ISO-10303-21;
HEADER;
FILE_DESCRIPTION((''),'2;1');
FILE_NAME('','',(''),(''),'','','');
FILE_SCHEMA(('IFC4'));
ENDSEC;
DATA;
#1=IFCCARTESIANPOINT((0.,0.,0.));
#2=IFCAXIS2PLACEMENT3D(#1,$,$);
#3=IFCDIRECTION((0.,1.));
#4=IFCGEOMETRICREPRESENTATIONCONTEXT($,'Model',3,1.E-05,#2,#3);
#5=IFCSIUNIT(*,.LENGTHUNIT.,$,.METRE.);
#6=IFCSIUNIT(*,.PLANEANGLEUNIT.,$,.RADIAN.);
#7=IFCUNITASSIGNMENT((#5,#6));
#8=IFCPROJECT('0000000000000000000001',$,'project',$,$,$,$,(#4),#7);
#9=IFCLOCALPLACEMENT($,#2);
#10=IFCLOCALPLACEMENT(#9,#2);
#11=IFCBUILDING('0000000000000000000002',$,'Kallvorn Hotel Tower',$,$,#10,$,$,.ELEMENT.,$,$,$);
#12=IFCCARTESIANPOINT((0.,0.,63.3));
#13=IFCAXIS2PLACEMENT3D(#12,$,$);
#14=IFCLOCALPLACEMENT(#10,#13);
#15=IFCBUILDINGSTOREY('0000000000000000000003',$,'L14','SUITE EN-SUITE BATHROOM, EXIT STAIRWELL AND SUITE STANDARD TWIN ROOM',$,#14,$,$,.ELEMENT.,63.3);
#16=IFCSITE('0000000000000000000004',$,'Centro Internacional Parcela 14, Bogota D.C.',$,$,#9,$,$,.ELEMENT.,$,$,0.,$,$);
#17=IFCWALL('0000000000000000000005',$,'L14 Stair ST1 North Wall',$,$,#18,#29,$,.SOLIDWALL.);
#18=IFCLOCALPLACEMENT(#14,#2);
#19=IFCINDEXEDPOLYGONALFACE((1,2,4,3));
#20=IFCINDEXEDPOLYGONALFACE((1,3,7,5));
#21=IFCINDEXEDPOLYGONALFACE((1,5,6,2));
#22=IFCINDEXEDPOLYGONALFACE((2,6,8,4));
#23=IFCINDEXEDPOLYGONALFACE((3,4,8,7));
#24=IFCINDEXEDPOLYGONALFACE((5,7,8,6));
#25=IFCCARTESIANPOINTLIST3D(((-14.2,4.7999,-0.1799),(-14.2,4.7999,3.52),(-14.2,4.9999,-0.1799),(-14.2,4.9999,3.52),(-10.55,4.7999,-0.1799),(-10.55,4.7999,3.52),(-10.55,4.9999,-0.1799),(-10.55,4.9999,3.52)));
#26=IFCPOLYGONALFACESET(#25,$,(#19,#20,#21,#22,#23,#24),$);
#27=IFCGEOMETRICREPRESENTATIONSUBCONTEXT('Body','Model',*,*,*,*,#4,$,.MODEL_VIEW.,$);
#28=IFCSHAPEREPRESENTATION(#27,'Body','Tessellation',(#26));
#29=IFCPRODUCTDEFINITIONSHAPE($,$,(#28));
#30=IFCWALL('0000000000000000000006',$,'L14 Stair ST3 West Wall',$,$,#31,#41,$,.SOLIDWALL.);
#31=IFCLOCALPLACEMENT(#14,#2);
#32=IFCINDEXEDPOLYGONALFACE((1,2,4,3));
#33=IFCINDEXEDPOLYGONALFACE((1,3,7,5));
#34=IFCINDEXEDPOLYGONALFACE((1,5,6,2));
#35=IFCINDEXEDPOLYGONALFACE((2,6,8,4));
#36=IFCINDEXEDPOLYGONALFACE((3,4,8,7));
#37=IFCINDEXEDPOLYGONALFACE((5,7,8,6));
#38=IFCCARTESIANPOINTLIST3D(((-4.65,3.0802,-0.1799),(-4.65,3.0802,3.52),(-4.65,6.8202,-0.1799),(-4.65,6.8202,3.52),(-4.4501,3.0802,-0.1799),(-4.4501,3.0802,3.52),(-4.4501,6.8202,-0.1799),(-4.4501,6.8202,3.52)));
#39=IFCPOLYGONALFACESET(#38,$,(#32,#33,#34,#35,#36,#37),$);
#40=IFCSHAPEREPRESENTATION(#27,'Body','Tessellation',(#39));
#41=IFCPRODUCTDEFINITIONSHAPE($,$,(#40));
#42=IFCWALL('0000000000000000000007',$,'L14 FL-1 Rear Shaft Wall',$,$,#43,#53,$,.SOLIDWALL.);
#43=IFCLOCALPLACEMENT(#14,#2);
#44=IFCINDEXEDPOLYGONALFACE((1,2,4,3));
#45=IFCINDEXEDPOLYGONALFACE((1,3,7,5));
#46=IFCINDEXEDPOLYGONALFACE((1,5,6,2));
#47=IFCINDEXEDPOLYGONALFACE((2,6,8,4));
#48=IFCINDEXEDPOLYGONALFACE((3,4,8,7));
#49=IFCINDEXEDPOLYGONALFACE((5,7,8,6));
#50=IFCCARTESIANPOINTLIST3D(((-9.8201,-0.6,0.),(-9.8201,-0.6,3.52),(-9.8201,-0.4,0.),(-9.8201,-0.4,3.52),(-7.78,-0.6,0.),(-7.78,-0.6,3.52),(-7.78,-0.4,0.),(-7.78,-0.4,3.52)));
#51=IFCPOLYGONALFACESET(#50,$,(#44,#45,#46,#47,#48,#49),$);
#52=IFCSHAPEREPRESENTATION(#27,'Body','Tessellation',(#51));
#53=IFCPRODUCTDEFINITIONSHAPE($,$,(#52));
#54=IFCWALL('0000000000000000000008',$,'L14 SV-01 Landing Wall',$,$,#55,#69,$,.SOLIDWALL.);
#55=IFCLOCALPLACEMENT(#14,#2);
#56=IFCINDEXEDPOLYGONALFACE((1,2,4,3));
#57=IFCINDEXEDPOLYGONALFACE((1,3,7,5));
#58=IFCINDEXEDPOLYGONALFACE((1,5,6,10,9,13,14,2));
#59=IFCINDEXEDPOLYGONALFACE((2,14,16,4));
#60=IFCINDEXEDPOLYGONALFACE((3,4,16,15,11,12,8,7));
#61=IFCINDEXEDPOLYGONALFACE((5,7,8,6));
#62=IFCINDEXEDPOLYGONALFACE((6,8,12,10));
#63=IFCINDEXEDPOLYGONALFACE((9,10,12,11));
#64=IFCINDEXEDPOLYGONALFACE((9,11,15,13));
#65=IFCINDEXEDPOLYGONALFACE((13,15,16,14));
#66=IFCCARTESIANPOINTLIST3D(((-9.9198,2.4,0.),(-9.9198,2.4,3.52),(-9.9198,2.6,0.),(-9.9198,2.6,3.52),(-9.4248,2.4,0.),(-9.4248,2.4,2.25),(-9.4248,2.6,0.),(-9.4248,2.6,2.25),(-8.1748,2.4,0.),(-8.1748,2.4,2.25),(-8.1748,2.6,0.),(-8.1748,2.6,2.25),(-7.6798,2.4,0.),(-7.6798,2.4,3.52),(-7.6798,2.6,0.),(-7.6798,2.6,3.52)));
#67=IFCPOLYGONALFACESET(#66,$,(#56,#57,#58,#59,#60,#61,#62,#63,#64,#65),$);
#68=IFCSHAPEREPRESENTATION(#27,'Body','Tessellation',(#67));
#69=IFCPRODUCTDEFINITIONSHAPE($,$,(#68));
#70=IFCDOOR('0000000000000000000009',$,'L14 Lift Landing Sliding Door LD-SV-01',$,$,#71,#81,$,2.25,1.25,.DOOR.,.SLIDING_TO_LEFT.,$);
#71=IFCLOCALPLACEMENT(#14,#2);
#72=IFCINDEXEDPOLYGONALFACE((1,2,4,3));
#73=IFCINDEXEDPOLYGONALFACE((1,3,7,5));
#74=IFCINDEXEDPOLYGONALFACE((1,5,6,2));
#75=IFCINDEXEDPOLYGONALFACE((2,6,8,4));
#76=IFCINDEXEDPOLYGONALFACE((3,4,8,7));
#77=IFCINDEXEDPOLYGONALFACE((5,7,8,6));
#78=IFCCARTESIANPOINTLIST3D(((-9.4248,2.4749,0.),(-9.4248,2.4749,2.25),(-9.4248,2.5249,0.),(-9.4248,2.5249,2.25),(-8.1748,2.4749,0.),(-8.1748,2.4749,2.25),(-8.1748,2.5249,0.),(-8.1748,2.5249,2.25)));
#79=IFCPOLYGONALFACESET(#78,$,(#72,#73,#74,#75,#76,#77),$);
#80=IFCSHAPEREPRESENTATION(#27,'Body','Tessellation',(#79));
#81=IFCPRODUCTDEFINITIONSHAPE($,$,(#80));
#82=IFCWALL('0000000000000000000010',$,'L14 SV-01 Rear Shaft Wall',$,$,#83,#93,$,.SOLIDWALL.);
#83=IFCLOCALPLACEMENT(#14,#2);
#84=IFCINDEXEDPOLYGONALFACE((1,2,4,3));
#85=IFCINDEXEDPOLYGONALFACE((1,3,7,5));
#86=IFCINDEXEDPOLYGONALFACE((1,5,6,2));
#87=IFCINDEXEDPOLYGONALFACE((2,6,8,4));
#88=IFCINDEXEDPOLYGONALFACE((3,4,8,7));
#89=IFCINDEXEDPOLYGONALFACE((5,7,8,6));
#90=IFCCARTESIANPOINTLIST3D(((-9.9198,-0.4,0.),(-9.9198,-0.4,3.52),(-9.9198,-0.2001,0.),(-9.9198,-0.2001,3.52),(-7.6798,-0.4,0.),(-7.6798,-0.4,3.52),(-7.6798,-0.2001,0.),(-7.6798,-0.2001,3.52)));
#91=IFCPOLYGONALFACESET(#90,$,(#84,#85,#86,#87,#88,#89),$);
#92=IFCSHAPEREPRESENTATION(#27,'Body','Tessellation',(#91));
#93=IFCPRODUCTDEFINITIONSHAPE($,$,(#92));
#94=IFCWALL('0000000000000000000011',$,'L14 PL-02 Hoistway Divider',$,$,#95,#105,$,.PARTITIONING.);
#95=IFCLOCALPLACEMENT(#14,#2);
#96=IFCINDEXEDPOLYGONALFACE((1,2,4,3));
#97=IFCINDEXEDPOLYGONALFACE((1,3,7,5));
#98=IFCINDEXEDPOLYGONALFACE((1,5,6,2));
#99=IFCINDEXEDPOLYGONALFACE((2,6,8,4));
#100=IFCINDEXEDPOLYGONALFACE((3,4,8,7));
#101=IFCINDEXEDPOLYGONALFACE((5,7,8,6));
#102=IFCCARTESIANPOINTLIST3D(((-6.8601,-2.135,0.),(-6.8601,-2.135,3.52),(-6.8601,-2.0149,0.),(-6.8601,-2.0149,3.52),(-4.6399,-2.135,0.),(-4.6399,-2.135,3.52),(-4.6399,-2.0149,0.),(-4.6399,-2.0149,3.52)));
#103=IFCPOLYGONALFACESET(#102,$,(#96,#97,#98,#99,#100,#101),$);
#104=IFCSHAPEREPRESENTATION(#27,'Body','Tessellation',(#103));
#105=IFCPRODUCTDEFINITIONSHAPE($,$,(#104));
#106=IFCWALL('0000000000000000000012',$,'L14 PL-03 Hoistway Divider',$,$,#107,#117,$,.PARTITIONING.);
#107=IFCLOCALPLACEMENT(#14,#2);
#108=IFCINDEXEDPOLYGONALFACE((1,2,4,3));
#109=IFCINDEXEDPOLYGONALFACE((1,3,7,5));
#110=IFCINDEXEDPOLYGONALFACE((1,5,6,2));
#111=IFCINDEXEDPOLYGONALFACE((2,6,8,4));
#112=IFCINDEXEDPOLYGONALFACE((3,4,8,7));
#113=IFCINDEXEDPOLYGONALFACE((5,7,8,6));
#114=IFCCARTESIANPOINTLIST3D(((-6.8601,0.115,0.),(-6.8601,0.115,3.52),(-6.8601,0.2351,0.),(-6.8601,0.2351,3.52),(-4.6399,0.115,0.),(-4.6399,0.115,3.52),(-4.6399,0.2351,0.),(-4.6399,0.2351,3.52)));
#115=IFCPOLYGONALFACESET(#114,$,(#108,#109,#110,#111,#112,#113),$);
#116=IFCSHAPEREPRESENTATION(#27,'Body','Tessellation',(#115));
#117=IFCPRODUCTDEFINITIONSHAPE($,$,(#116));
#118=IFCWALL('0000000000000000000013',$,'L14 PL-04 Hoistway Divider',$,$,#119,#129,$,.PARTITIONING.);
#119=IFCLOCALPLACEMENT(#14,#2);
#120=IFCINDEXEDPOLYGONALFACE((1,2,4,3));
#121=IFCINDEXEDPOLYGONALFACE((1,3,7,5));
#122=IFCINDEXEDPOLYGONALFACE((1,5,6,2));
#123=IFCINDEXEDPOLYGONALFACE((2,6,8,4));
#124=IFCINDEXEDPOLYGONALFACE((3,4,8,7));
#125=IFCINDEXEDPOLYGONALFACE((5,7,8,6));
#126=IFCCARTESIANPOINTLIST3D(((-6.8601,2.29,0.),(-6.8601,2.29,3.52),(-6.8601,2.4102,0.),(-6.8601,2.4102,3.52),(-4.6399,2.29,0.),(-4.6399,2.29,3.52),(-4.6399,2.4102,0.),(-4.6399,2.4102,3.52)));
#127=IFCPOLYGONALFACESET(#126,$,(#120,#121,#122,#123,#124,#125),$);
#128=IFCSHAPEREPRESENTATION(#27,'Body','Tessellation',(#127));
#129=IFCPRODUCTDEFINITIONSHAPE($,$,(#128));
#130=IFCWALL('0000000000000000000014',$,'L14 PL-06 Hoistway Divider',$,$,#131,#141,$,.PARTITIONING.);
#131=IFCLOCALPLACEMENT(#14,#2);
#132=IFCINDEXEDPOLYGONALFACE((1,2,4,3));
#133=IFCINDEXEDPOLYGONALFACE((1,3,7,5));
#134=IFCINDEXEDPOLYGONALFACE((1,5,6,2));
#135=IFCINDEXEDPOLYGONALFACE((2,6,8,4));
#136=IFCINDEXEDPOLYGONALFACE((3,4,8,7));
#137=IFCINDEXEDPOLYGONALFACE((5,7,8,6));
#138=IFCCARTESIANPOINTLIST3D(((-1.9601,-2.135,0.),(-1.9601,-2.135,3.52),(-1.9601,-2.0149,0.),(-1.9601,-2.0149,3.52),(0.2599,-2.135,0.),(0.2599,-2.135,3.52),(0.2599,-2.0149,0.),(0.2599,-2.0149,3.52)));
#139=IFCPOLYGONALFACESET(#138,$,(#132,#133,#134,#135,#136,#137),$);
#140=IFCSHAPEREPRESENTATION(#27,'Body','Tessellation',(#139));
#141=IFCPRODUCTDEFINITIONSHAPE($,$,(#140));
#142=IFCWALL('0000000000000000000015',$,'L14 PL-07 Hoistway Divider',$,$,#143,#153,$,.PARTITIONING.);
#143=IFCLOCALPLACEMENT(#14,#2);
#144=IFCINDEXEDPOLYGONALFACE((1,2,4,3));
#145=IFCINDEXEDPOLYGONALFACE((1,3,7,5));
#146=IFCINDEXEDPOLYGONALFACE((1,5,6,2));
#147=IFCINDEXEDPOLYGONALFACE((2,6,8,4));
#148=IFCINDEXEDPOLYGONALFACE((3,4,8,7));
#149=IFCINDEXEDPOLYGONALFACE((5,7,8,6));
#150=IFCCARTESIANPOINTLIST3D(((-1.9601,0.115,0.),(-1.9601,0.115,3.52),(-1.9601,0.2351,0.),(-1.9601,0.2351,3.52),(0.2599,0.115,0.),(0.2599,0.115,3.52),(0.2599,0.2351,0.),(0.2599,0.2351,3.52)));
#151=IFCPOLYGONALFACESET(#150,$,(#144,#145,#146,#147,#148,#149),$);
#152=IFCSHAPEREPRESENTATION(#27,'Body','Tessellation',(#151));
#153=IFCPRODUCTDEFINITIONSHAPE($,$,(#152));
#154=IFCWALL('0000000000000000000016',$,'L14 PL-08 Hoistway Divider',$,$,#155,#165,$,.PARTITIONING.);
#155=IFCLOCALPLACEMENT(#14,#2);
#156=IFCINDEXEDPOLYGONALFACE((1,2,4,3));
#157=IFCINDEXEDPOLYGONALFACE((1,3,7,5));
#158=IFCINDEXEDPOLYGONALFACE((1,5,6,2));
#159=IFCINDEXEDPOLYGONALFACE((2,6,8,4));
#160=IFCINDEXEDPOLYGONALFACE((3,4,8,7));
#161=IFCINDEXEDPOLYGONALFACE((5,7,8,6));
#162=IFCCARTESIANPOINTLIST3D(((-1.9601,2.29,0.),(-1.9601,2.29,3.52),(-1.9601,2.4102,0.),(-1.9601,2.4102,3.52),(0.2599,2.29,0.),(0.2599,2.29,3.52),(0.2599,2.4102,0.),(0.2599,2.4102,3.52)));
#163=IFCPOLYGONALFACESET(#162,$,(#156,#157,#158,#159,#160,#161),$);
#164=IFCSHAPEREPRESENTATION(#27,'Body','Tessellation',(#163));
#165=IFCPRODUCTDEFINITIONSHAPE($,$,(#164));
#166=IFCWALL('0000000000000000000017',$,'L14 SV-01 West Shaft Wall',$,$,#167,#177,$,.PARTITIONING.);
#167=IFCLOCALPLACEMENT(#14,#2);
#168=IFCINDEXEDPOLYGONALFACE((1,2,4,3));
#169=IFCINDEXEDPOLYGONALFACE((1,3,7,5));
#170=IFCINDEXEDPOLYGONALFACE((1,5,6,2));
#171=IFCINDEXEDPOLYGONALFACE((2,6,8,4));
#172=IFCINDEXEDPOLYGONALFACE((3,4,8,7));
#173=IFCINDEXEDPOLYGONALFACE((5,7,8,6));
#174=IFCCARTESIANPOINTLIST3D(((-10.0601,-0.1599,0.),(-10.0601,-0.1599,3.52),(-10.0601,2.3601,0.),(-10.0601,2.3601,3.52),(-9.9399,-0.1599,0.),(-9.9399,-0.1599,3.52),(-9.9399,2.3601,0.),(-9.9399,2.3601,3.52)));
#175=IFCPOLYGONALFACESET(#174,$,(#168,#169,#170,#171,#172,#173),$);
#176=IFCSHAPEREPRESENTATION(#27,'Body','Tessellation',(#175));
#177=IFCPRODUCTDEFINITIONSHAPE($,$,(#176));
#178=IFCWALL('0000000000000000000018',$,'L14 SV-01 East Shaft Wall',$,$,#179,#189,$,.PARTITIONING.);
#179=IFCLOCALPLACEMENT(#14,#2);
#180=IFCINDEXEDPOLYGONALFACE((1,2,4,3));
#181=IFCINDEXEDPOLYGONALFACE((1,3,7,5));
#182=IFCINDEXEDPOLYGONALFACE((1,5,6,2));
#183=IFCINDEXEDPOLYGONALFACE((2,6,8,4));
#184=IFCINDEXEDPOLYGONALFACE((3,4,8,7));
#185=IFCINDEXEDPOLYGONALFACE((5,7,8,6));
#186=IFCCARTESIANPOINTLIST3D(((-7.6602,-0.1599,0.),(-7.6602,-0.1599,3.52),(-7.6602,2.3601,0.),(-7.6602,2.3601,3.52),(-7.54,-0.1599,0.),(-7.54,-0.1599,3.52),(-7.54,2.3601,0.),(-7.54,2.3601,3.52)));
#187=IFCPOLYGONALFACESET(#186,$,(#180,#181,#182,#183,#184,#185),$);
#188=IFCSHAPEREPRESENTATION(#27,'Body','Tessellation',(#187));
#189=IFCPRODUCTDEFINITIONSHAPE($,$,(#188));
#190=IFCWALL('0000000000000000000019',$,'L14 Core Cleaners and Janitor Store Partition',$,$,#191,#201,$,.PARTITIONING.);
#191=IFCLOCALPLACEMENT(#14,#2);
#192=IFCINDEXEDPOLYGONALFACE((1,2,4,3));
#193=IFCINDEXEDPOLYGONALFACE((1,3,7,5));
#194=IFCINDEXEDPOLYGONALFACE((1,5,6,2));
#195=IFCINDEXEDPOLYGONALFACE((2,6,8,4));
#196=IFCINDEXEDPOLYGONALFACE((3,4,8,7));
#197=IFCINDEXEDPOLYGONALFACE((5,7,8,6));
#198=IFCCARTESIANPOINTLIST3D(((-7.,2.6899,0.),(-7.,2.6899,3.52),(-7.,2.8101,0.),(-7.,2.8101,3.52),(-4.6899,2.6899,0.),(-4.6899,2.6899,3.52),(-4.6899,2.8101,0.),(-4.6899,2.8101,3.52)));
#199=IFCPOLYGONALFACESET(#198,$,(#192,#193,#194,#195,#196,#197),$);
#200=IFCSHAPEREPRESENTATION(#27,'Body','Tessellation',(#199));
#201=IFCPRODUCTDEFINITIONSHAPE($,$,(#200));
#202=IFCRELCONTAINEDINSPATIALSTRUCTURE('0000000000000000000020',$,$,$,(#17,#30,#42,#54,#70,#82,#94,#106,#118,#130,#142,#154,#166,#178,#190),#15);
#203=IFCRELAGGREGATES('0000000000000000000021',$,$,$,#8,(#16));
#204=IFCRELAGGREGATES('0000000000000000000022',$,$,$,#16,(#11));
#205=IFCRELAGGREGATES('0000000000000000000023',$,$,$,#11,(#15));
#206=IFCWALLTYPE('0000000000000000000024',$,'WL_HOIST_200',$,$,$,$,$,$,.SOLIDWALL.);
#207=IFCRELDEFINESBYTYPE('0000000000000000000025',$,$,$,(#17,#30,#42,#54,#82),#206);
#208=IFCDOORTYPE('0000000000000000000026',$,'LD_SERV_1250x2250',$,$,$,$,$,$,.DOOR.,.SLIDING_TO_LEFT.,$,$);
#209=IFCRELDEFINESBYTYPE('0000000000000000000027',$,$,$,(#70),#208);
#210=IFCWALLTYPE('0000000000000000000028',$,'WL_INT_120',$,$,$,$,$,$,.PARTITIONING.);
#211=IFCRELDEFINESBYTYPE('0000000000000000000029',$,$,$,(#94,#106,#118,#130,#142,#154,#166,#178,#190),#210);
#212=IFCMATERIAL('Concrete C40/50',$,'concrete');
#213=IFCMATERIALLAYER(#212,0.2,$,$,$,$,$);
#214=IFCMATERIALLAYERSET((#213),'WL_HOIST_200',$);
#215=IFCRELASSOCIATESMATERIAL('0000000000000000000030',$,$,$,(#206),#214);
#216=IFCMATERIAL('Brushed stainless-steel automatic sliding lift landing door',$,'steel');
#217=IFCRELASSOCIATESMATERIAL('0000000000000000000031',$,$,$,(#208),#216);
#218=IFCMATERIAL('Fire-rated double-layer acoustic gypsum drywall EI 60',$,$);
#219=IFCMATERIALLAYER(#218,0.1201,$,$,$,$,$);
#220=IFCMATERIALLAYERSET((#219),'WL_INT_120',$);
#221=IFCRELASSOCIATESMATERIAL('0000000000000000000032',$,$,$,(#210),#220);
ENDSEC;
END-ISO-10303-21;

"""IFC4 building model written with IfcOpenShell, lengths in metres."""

from ifc_helpers import new_model, si_unit, direction, frame, frame_2d, origin, place, context, subcontext, project, spatial, rectangle, extrude, material, layer, layer_set, type_object, element, fill, save


model = new_model("IFC4")

# Units and contexts
model_context = context("Model", 3, precision=1e-05, world=origin(), true_north=direction((0.0, 1.0)))
body_context = subcontext(model_context, "Body", "Model", "MODEL_VIEW")
ifc_project = project(units=[si_unit("LENGTHUNIT", "METRE"), si_unit("PLANEANGLEUNIT", "RADIAN")], contexts=[model_context])

# Site, building, storey
site_placement = place(None, origin())
site = spatial("IfcSite", under=ifc_project, at=site_placement, Name="Centro Internacional Parcela 14, Bogota D.C.", CompositionType="ELEMENT", RefElevation=0.0)
building_placement = place(site_placement, origin())
building = spatial("IfcBuilding", under=site, at=building_placement, Name="Kallvorn Hotel Tower", CompositionType="ELEMENT")
storey_placement = place(building_placement, frame((0.0, 0.0, 63.3)))
storey = spatial("IfcBuildingStorey", under=building, at=storey_placement, Name="L14", Description="SUITE EN-SUITE BATHROOM, EXIT STAIRWELL AND SUITE STANDARD TWIN ROOM", CompositionType="ELEMENT", Elevation=63.3)

# Walls
ifc_material_1 = material(Name="Concrete C40/50", Category="concrete")
ifc_layer_1 = layer(ifc_material_1, 0.2)
ifc_layer_set_1 = layer_set([ifc_layer_1], Name="WL_HOIST_200")
wall_type_1 = type_object("IfcWallType", Name="WL_HOIST_200", PredefinedType="SOLIDWALL", material=ifc_layer_set_1)
wall_1_placement = place(storey_placement, frame((-14.2, 4.8999, -0.1799), z_axis=(0.0, 0.0, 1.0), x_axis=(1.0, 0.0, 0.0)))
element("IfcWall", 1, at=wall_1_placement, inside=storey, type_object=wall_type_1, Name="L14 Stair ST1 North Wall", PredefinedType="SOLIDWALL", context=body_context, shape_type="SweptSolid", body=[
    extrude(rectangle(XDim=3.6499, YDim=0.2, at=frame_2d((1.825, 0.0))), origin(), (0.0, 0.0, 1.0), 3.7),
])
wall_2_placement = place(storey_placement, frame((-4.55, 3.0801, -0.1799), z_axis=(0.0, 0.0, 1.0), x_axis=(0.0, 1.0, 0.0)))
element("IfcWall", 2, at=wall_2_placement, inside=storey, type_object=wall_type_1, Name="L14 Stair ST3 West Wall", PredefinedType="SOLIDWALL", context=body_context, shape_type="SweptSolid", body=[
    extrude(rectangle(XDim=3.74, YDim=0.2, at=frame_2d((1.8701, 0.0))), origin(), (0.0, 0.0, 1.0), 3.7),
])
wall_3_placement = place(storey_placement, frame((-9.8201, -0.5, 0.0), z_axis=(0.0, 0.0, 1.0), x_axis=(1.0, 0.0, 0.0)))
element("IfcWall", 3, at=wall_3_placement, inside=storey, type_object=wall_type_1, Name="L14 FL-1 Rear Shaft Wall", PredefinedType="SOLIDWALL", context=body_context, shape_type="SweptSolid", body=[
    extrude(rectangle(XDim=2.04, YDim=0.2, at=frame_2d((1.02, 0.0))), origin(), (0.0, 0.0, 1.0), 3.52),
])

# Wall, opening, door
wall_4_placement = place(storey_placement, frame((-9.9199, 2.5, 0.0), z_axis=(0.0, 0.0, 1.0), x_axis=(1.0, 0.0, 0.0)))
wall_4 = element("IfcWall", 4, at=wall_4_placement, inside=storey, type_object=wall_type_1, Name="L14 SV-01 Landing Wall", PredefinedType="SOLIDWALL", context=body_context, shape_type="SweptSolid", body=[
    extrude(rectangle(XDim=2.24, YDim=0.2, at=frame_2d((1.1201, 0.0))), origin(), (0.0, 0.0, 1.0), 3.52),
])
opening_1_placement = place(wall_4_placement, frame((0.4951, 0.0, 0.0)))
opening_1 = element("IfcOpeningElement", 5, at=opening_1_placement, cuts=wall_4, PredefinedType="OPENING", context=body_context, shape_type="SweptSolid", body=[
    extrude(rectangle(XDim=1.25, YDim=2.25, at=frame_2d((0.625, 1.125))), frame((0.0, 0.115, 0.0), z_axis=(0.0, -1.0, 0.0), x_axis=(1.0, 0.0, 0.0)), (0.0, 0.0, 1.0), 0.23),
])
ifc_material_2 = material(Name="Brushed stainless-steel automatic sliding lift landing door", Category="steel")
door_type_1 = type_object("IfcDoorType", Name="LD_SERV_1250x2250", OperationType="SLIDING_TO_LEFT", PredefinedType="DOOR", material=ifc_material_2)
door_1_placement = place(opening_1_placement, origin())
door_1 = element("IfcDoor", 6, at=door_1_placement, inside=storey, type_object=door_type_1, Name="L14 Lift Landing Sliding Door LD-SV-01", OperationType="SLIDING_TO_LEFT", OverallHeight=2.25, OverallWidth=1.25, PredefinedType="DOOR", context=body_context, shape_type="SweptSolid", body=[
    extrude(rectangle(XDim=1.25, YDim=2.25, at=frame_2d((0.625, 1.125))), frame((0.0, 0.0249, 0.0), z_axis=(0.0, -1.0, 0.0), x_axis=(1.0, 0.0, 0.0)), (0.0, 0.0, 1.0), 0.05),
])
fill(opening_1, door_1)

# Walls
wall_5_placement = place(storey_placement, frame((-9.9199, -0.3, 0.0), z_axis=(0.0, 0.0, 1.0), x_axis=(1.0, 0.0, 0.0)))
element("IfcWall", 7, at=wall_5_placement, inside=storey, type_object=wall_type_1, Name="L14 SV-01 Rear Shaft Wall", PredefinedType="SOLIDWALL", context=body_context, shape_type="SweptSolid", body=[
    extrude(rectangle(XDim=2.24, YDim=0.2, at=frame_2d((1.1201, 0.0))), origin(), (0.0, 0.0, 1.0), 3.52),
])
ifc_material_3 = material(Name="Fire-rated double-layer acoustic gypsum drywall EI 60")
ifc_layer_2 = layer(ifc_material_3, 0.1201)
ifc_layer_set_2 = layer_set([ifc_layer_2], Name="WL_INT_120")
wall_type_2 = type_object("IfcWallType", Name="WL_INT_120", PredefinedType="PARTITIONING", material=ifc_layer_set_2)
for number, where, z_axis, x_axis, name in (
    (8, (-6.8601, -2.075, 0.0), (0.0, 0.0, 1.0), (1.0, 0.0, 0.0), "L14 PL-02 Hoistway Divider"),
    (9, (-6.8601, 0.175, 0.0), (0.0, 0.0, 1.0), (1.0, 0.0, 0.0), "L14 PL-03 Hoistway Divider"),
    (10, (-6.8601, 2.3501, 0.0), (0.0, 0.0, 1.0), (1.0, 0.0, 0.0), "L14 PL-04 Hoistway Divider"),
):
    element("IfcWall", number, at=place(storey_placement, frame(where, z_axis=z_axis, x_axis=x_axis)), inside=storey, type_object=wall_type_2, Name=name, PredefinedType="PARTITIONING", context=body_context, shape_type="SweptSolid", body=[
        extrude(rectangle(XDim=2.2202, YDim=0.1201, at=frame_2d((1.1101, 0.0))), origin(), (0.0, 0.0, 1.0), 3.52),
    ])
for number, where, z_axis, x_axis, name in (
    (11, (-1.96, -2.075, 0.0), (0.0, 0.0, 1.0), (1.0, 0.0, 0.0), "L14 PL-06 Hoistway Divider"),
    (12, (-1.96, 0.175, 0.0), (0.0, 0.0, 1.0), (1.0, 0.0, 0.0), "L14 PL-07 Hoistway Divider"),
    (13, (-1.96, 2.3501, 0.0), (0.0, 0.0, 1.0), (1.0, 0.0, 0.0), "L14 PL-08 Hoistway Divider"),
):
    element("IfcWall", number, at=place(storey_placement, frame(where, z_axis=z_axis, x_axis=x_axis)), inside=storey, type_object=wall_type_2, Name=name, PredefinedType="PARTITIONING", context=body_context, shape_type="SweptSolid", body=[
        extrude(rectangle(XDim=2.22, YDim=0.1201, at=frame_2d((1.1099, 0.0))), origin(), (0.0, 0.0, 1.0), 3.52),
    ])
for number, where, z_axis, x_axis, name in (
    (14, (-10.0, -0.1599, 0.0), (0.0, 0.0, 1.0), (0.0, 1.0, 0.0), "L14 SV-01 West Shaft Wall"),
    (15, (-7.6001, -0.1599, 0.0), (0.0, 0.0, 1.0), (0.0, 1.0, 0.0), "L14 SV-01 East Shaft Wall"),
):
    element("IfcWall", number, at=place(storey_placement, frame(where, z_axis=z_axis, x_axis=x_axis)), inside=storey, type_object=wall_type_2, Name=name, PredefinedType="PARTITIONING", context=body_context, shape_type="SweptSolid", body=[
        extrude(rectangle(XDim=2.52, YDim=0.1201, at=frame_2d((1.26, 0.0))), origin(), (0.0, 0.0, 1.0), 3.52),
    ])
wall_6_placement = place(storey_placement, frame((-7.0, 2.75, 0.0), z_axis=(0.0, 0.0, 1.0), x_axis=(1.0, 0.0, 0.0)))
element("IfcWall", 16, at=wall_6_placement, inside=storey, type_object=wall_type_2, Name="L14 Core Cleaners and Janitor Store Partition", PredefinedType="PARTITIONING", context=body_context, shape_type="SweptSolid", body=[
    extrude(rectangle(XDim=2.3101, YDim=0.1201, at=frame_2d((1.155, 0.0))), origin(), (0.0, 0.0, 1.0), 3.52),
])

save(model, "model.ifc")
